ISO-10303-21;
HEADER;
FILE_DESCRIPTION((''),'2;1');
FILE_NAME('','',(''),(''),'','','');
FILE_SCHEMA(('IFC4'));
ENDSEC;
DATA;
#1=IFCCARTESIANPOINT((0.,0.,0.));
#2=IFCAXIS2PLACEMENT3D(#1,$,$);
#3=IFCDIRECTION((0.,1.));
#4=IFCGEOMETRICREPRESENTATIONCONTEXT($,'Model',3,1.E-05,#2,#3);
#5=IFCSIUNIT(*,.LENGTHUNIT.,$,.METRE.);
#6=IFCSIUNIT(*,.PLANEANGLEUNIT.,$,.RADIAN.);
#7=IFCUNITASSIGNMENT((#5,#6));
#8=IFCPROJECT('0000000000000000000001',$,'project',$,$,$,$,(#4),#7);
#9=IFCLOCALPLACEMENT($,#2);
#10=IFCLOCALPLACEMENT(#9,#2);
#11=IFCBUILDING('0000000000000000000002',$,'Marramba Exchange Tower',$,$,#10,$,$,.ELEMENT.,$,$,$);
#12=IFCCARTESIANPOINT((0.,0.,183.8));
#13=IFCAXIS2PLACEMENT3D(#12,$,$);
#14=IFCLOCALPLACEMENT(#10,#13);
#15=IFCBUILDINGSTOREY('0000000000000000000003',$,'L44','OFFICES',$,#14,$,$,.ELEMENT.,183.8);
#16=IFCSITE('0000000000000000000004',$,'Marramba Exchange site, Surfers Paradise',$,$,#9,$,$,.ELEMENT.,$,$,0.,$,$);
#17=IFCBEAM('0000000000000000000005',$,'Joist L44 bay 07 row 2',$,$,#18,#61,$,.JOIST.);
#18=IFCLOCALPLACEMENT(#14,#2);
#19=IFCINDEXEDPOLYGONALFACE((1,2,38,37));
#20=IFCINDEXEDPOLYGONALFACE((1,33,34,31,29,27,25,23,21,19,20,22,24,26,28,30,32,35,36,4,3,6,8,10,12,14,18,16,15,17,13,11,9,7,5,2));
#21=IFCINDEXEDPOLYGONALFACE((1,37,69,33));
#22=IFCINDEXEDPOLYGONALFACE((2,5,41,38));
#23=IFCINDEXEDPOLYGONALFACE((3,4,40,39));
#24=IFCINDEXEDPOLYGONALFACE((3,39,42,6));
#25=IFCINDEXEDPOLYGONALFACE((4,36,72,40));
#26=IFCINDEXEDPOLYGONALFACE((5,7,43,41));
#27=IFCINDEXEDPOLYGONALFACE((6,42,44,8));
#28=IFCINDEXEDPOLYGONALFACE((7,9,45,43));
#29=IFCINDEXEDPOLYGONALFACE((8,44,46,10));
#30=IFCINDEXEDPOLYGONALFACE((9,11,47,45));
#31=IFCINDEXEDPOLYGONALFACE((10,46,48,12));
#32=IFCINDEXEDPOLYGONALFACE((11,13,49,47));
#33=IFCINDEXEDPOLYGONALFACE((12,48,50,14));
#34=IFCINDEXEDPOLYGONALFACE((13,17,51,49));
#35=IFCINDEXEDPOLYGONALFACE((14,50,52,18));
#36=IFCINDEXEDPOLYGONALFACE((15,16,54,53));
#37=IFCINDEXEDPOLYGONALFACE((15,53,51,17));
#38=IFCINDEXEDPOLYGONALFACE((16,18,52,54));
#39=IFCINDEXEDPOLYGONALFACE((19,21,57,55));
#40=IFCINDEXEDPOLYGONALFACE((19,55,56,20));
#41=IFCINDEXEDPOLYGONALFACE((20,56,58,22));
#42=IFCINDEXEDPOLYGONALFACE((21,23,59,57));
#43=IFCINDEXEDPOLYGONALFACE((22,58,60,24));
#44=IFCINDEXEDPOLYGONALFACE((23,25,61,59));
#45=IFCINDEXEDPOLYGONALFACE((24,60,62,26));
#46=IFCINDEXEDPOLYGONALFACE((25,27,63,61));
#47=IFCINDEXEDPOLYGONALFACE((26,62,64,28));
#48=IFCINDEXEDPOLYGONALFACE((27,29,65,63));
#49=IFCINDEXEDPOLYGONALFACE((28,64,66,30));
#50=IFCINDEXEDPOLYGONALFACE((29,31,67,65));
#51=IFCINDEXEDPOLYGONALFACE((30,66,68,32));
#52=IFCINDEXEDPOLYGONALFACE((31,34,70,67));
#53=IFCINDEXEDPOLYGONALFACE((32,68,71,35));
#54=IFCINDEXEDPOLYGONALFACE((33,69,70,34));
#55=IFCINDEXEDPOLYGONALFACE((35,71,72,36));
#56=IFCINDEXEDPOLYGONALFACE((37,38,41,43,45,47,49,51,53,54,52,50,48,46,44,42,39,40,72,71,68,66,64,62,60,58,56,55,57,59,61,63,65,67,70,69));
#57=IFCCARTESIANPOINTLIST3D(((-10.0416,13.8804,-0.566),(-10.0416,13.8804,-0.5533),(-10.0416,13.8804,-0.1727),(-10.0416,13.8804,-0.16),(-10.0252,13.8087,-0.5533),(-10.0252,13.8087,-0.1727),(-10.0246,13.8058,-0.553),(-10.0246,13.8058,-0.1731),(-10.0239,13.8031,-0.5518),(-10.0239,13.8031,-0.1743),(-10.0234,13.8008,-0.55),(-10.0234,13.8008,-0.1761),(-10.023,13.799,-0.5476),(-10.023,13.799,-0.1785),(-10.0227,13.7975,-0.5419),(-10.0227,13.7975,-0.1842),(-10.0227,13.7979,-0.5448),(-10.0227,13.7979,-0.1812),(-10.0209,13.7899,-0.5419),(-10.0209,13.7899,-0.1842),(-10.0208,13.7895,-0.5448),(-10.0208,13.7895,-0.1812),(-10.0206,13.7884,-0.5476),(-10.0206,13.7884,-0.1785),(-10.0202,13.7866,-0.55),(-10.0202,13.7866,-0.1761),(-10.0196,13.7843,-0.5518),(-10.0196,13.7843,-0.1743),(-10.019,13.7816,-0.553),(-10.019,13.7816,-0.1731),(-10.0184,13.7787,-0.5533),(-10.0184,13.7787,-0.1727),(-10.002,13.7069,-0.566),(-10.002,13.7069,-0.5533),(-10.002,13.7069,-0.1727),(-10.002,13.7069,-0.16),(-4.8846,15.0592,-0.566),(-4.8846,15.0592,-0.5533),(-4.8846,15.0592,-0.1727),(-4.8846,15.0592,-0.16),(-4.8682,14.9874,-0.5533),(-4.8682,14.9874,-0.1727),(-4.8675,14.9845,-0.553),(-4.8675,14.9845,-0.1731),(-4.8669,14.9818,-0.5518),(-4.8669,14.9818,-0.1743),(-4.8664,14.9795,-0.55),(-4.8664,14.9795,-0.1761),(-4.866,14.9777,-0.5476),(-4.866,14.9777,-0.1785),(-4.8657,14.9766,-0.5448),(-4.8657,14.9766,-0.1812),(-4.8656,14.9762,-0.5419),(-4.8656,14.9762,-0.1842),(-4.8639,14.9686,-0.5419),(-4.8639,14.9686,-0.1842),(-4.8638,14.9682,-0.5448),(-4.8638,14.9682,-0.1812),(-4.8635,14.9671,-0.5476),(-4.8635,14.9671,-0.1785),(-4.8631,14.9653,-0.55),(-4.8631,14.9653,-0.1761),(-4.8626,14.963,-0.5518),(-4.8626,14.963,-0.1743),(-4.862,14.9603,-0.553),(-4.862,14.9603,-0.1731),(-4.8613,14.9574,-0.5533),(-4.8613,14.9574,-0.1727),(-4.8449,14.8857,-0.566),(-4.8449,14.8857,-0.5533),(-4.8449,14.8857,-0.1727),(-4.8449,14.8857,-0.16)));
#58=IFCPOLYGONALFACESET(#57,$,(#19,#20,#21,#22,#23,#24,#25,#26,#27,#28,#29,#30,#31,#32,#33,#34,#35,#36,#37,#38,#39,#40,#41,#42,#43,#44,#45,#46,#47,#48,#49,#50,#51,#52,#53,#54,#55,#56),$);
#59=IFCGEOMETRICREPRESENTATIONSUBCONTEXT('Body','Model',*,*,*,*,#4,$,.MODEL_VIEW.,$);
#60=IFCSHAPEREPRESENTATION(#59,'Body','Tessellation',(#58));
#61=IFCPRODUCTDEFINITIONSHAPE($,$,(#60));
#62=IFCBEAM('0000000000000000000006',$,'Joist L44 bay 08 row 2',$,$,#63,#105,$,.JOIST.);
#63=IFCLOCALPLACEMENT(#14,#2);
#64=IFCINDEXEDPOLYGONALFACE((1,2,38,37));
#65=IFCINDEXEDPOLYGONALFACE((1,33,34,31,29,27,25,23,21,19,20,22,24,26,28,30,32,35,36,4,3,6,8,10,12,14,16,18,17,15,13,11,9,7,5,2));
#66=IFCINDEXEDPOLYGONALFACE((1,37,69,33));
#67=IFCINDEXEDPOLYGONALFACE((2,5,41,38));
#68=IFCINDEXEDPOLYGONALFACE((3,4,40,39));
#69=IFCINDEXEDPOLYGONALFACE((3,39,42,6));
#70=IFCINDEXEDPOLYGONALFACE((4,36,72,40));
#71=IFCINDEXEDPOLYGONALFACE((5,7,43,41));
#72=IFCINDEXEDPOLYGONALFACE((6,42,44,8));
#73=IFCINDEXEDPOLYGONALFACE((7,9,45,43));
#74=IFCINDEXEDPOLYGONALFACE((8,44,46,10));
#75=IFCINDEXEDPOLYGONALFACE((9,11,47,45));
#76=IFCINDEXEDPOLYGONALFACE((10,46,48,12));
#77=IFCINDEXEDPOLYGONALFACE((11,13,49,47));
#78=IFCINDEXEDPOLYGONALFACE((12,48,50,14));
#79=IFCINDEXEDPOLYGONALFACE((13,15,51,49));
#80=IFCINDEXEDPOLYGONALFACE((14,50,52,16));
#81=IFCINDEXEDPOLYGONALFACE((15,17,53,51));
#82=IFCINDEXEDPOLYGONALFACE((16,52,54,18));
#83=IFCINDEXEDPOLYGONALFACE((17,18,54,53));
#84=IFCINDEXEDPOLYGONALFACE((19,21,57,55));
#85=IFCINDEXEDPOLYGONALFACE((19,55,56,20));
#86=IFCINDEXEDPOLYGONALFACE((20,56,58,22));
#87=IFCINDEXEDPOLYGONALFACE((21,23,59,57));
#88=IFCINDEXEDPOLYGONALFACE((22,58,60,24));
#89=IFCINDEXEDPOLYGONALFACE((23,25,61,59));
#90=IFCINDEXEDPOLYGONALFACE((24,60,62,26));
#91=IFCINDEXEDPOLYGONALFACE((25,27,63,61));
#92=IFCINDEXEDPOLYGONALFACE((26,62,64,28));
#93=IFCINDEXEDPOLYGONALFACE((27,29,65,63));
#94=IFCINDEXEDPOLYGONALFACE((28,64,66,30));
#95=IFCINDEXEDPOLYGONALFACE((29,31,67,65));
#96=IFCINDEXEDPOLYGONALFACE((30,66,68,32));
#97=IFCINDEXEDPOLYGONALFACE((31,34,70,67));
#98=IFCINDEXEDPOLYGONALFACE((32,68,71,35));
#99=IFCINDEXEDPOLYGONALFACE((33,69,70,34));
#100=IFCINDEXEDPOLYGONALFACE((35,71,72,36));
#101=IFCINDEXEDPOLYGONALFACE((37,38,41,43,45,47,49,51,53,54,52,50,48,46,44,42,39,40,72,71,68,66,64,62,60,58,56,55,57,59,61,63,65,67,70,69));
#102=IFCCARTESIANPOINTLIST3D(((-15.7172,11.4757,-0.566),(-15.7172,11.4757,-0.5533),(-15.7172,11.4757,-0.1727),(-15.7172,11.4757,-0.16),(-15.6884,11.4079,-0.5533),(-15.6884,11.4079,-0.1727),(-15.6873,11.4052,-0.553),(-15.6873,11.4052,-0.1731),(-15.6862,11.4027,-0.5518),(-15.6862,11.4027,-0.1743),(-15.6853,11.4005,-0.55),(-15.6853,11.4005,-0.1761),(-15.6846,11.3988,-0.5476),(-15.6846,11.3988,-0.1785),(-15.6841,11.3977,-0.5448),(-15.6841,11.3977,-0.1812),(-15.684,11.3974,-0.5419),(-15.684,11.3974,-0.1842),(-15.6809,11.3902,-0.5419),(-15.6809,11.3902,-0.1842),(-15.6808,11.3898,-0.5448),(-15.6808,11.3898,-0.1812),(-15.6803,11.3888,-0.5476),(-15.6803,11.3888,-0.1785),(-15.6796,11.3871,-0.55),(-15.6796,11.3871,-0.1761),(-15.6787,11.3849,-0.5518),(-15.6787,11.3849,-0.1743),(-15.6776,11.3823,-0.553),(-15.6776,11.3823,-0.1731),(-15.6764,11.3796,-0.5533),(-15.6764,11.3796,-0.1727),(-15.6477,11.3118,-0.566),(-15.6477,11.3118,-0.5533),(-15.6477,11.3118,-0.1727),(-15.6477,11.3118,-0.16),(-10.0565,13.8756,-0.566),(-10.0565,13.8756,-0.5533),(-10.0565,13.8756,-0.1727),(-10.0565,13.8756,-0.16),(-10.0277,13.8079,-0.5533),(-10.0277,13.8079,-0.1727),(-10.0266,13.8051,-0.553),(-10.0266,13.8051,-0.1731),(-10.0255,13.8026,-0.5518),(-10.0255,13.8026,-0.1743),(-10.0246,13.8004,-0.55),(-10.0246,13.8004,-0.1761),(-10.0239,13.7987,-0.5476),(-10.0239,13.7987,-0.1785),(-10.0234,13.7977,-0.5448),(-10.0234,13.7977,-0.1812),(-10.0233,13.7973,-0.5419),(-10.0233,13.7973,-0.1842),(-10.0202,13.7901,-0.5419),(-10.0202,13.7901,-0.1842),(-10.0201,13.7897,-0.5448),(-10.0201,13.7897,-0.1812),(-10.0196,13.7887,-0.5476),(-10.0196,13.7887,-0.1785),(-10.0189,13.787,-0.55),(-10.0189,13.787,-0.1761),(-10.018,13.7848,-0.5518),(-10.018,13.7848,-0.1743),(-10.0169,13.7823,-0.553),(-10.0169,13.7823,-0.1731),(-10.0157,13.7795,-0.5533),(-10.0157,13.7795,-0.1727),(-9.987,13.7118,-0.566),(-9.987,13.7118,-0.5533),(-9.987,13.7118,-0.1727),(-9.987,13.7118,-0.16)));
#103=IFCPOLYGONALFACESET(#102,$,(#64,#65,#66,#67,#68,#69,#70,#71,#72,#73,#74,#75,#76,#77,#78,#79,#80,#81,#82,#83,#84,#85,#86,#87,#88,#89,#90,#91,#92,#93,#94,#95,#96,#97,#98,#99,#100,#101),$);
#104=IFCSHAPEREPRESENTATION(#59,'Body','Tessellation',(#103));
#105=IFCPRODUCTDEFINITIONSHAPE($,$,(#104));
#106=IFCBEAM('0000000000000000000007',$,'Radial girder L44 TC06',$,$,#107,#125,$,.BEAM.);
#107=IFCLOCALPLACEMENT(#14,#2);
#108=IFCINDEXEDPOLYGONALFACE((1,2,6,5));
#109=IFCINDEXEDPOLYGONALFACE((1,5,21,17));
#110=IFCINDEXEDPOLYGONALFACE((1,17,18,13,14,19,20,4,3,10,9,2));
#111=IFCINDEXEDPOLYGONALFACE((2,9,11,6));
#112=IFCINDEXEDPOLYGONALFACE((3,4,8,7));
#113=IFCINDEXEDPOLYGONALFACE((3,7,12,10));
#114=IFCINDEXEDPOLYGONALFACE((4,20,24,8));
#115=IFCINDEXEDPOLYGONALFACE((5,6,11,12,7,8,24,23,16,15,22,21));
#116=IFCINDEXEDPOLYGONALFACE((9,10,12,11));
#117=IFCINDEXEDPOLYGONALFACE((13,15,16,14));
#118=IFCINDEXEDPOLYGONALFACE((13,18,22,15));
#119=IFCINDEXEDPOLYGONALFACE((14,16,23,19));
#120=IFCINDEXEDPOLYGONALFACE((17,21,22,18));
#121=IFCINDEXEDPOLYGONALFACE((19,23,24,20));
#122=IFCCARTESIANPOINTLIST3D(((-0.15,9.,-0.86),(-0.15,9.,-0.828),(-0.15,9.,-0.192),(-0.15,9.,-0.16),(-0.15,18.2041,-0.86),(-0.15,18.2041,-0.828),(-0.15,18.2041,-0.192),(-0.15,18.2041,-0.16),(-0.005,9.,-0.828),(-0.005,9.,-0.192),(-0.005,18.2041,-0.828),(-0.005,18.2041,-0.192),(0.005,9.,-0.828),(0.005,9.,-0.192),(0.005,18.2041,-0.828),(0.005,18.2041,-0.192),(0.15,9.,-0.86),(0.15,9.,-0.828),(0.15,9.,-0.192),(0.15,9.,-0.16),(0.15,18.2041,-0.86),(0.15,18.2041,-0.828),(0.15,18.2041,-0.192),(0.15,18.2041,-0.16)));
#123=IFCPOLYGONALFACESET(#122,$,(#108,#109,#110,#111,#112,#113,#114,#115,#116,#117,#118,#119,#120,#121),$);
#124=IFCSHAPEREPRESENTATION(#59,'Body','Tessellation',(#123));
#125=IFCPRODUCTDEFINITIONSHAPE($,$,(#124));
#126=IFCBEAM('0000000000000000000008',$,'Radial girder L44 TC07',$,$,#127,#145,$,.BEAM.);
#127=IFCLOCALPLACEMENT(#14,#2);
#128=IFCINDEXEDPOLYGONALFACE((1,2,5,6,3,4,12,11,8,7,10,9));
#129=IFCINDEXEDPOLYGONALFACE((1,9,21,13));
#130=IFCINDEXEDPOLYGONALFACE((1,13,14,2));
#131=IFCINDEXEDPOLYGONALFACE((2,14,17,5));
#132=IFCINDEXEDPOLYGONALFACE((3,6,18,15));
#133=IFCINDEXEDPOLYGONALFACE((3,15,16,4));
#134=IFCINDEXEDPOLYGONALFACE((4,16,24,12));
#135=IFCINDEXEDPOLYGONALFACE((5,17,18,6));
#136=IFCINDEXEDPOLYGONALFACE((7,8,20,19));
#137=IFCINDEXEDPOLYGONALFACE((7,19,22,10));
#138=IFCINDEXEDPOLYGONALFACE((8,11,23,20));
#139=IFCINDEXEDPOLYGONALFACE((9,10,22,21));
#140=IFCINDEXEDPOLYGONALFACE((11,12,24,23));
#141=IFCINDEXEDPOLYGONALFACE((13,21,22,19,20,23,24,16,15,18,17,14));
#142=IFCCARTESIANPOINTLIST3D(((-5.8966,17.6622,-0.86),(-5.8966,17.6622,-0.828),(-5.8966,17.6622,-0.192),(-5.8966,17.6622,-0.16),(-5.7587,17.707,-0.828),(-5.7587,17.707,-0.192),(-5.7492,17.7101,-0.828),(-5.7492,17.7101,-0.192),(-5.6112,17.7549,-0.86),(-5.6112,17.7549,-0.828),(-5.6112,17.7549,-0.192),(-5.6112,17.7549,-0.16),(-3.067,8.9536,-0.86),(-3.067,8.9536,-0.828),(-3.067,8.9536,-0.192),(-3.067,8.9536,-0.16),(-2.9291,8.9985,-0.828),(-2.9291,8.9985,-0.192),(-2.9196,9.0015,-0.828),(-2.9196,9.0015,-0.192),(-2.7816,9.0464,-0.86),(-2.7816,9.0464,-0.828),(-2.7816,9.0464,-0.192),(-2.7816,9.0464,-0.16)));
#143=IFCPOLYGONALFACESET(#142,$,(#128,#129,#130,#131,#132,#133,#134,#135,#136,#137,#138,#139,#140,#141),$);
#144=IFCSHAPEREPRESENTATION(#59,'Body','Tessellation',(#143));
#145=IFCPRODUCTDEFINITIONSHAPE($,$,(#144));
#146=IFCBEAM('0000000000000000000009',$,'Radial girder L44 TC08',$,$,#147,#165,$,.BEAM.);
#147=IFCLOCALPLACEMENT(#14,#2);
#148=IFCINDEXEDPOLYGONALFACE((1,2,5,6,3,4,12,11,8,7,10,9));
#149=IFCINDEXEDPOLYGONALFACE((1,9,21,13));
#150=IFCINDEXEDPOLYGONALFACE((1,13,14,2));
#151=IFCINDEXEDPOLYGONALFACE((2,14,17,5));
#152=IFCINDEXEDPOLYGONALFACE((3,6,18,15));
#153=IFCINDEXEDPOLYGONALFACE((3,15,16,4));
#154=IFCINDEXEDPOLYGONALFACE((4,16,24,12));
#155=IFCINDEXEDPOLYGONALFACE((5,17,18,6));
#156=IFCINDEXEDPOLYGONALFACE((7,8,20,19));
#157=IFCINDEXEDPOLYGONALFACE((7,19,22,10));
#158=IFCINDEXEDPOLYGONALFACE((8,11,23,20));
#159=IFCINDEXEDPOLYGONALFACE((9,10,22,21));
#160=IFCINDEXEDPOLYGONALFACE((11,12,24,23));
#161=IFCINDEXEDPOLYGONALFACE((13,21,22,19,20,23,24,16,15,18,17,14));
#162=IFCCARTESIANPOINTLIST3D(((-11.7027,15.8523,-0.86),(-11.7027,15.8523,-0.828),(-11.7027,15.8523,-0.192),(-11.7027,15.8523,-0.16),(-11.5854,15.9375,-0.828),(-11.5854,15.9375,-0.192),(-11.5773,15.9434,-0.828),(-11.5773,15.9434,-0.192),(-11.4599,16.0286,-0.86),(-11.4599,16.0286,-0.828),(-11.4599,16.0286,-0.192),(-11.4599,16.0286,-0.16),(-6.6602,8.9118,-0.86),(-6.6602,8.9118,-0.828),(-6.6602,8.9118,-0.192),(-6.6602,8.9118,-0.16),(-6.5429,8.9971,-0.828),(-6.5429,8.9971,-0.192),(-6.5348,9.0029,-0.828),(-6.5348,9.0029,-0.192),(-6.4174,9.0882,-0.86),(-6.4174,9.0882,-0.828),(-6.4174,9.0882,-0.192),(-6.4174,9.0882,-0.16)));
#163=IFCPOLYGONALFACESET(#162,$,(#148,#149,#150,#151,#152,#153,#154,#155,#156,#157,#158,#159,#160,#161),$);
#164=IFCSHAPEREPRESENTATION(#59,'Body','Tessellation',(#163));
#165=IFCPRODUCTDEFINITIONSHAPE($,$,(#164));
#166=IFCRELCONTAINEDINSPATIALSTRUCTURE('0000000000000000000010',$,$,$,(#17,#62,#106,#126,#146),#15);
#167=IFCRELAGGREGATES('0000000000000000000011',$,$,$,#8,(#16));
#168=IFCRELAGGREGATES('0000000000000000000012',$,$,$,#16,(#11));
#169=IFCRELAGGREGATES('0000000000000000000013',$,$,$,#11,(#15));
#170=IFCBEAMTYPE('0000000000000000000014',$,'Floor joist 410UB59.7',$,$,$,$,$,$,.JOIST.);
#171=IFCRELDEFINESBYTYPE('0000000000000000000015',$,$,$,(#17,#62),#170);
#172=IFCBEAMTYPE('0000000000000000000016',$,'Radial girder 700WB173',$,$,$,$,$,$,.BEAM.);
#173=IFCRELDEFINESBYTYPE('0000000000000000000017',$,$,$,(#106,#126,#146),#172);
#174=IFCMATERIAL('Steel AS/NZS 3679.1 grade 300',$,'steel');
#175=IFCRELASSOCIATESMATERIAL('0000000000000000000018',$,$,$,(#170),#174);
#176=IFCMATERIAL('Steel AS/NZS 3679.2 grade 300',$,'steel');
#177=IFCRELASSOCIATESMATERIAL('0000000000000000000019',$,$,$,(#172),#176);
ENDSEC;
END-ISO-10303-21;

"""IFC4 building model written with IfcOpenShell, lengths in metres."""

from ifc_helpers import new_model, si_unit, direction, frame, origin, origin_2d, place, context, subcontext, project, spatial, i_section, extrude, material, material_profile, profile_set, type_object, element, save


model = new_model("IFC4")

# Units and contexts
model_context = context("Model", 3, precision=1e-05, world=origin(), true_north=direction((0.0, 1.0)))
body_context = subcontext(model_context, "Body", "Model", "MODEL_VIEW")
ifc_project = project(units=[si_unit("LENGTHUNIT", "METRE"), si_unit("PLANEANGLEUNIT", "RADIAN")], contexts=[model_context])

# Site, building, storey
site_placement = place(None, origin())
site = spatial("IfcSite", under=ifc_project, at=site_placement, Name="Marramba Exchange site, Surfers Paradise", CompositionType="ELEMENT", RefElevation=0.0)
building_placement = place(site_placement, origin())
building = spatial("IfcBuilding", under=site, at=building_placement, Name="Marramba Exchange Tower", CompositionType="ELEMENT")
storey_placement = place(building_placement, frame((0.0, 0.0, 183.8)))
storey = spatial("IfcBuildingStorey", under=building, at=storey_placement, Name="L44", Description="OFFICES", CompositionType="ELEMENT", Elevation=183.8)

# Beams
ifc_material_1 = material(Name="Steel AS/NZS 3679.1 grade 300", Category="steel")
ifc_material_profile_1 = material_profile(ifc_material_1, i_section(OverallWidth=0.178, OverallDepth=0.406, WebThickness=0.0078, FlangeThickness=0.0127, FilletRadius=0.0115, at=origin_2d()), Name="410UB59.7")
ifc_profile_set_1 = profile_set([ifc_material_profile_1], Name="Steel AS/NZS 3679.1 grade 300")
beam_type_1 = type_object("IfcBeamType", Name="Floor joist 410UB59.7", PredefinedType="JOIST", material=ifc_profile_set_1)
beam_1_placement = place(storey_placement, frame((-4.8647, 14.9724, -0.363), z_axis=(-0.97486, -0.22282, 0.0), x_axis=(0.22282, -0.97486, 0.0)))
element("IfcBeam", 1, at=beam_1_placement, inside=storey, type_object=beam_type_1, Name="Joist L44 bay 07 row 2", PredefinedType="JOIST", context=body_context, shape_type="SweptSolid", body=[
    extrude(i_section(OverallWidth=0.178, OverallDepth=0.406, WebThickness=0.0078, FlangeThickness=0.0127, FilletRadius=0.0115, at=origin_2d()), origin(), (0.0, 0.0, 1.0), 5.29),
])
beam_2_placement = place(storey_placement, frame((-10.0217, 13.7937, -0.363), z_axis=(-0.920674, -0.390332, 0.0), x_axis=(0.390332, -0.920674, 0.0)))
element("IfcBeam", 2, at=beam_2_placement, inside=storey, type_object=beam_type_1, Name="Joist L44 bay 08 row 2", PredefinedType="JOIST", context=body_context, shape_type="SweptSolid", body=[
    extrude(i_section(OverallWidth=0.178, OverallDepth=0.406, WebThickness=0.0078, FlangeThickness=0.0127, FilletRadius=0.0115, at=origin_2d()), origin(), (0.0, 0.0, 1.0), 6.1484),
])
ifc_material_2 = material(Name="Steel AS/NZS 3679.2 grade 300", Category="steel")
ifc_material_profile_2 = material_profile(ifc_material_2, i_section(OverallWidth=0.3, OverallDepth=0.7, WebThickness=0.01, FlangeThickness=0.032, at=origin_2d()), Name="700WB173")
ifc_profile_set_2 = profile_set([ifc_material_profile_2], Name="Steel AS/NZS 3679.2 grade 300")
beam_type_2 = type_object("IfcBeamType", Name="Radial girder 700WB173", PredefinedType="BEAM", material=ifc_profile_set_2)
beam_3_placement = place(storey_placement, frame((0.0, 9.0, -0.51), z_axis=(0.0, 1.0, 0.0), x_axis=(-1.0, 0.0, 0.0)))
element("IfcBeam", 3, at=beam_3_placement, inside=storey, type_object=beam_type_2, Name="Radial girder L44 TC06", PredefinedType="BEAM", context=body_context, shape_type="SweptSolid", body=[
    extrude(i_section(OverallWidth=0.3, OverallDepth=0.7, WebThickness=0.01, FlangeThickness=0.032, at=origin_2d()), origin(), (0.0, 0.0, 1.0), 9.2041),
])
beam_4_placement = place(storey_placement, frame((-2.9243, 9.0, -0.51), z_axis=(-0.30902, 0.951056, 0.0), x_axis=(-0.951056, -0.30902, 0.0)))
element("IfcBeam", 4, at=beam_4_placement, inside=storey, type_object=beam_type_2, Name="Radial girder L44 TC07", PredefinedType="BEAM", context=body_context, shape_type="SweptSolid", body=[
    extrude(i_section(OverallWidth=0.3, OverallDepth=0.7, WebThickness=0.01, FlangeThickness=0.032, at=origin_2d()), origin(), (0.0, 0.0, 1.0), 9.1567),
])
beam_5_placement = place(storey_placement, frame((-6.5388, 9.0, -0.51), z_axis=(-0.587782, 0.809019, 0.0), x_axis=(-0.809019, -0.587782, 0.0)))
element("IfcBeam", 5, at=beam_5_placement, inside=storey, type_object=beam_type_2, Name="Radial girder L44 TC08", PredefinedType="BEAM", context=body_context, shape_type="SweptSolid", body=[
    extrude(i_section(OverallWidth=0.3, OverallDepth=0.7, WebThickness=0.01, FlangeThickness=0.032, at=origin_2d()), origin(), (0.0, 0.0, 1.0), 8.5789),
])

save(model, "model.ifc")
